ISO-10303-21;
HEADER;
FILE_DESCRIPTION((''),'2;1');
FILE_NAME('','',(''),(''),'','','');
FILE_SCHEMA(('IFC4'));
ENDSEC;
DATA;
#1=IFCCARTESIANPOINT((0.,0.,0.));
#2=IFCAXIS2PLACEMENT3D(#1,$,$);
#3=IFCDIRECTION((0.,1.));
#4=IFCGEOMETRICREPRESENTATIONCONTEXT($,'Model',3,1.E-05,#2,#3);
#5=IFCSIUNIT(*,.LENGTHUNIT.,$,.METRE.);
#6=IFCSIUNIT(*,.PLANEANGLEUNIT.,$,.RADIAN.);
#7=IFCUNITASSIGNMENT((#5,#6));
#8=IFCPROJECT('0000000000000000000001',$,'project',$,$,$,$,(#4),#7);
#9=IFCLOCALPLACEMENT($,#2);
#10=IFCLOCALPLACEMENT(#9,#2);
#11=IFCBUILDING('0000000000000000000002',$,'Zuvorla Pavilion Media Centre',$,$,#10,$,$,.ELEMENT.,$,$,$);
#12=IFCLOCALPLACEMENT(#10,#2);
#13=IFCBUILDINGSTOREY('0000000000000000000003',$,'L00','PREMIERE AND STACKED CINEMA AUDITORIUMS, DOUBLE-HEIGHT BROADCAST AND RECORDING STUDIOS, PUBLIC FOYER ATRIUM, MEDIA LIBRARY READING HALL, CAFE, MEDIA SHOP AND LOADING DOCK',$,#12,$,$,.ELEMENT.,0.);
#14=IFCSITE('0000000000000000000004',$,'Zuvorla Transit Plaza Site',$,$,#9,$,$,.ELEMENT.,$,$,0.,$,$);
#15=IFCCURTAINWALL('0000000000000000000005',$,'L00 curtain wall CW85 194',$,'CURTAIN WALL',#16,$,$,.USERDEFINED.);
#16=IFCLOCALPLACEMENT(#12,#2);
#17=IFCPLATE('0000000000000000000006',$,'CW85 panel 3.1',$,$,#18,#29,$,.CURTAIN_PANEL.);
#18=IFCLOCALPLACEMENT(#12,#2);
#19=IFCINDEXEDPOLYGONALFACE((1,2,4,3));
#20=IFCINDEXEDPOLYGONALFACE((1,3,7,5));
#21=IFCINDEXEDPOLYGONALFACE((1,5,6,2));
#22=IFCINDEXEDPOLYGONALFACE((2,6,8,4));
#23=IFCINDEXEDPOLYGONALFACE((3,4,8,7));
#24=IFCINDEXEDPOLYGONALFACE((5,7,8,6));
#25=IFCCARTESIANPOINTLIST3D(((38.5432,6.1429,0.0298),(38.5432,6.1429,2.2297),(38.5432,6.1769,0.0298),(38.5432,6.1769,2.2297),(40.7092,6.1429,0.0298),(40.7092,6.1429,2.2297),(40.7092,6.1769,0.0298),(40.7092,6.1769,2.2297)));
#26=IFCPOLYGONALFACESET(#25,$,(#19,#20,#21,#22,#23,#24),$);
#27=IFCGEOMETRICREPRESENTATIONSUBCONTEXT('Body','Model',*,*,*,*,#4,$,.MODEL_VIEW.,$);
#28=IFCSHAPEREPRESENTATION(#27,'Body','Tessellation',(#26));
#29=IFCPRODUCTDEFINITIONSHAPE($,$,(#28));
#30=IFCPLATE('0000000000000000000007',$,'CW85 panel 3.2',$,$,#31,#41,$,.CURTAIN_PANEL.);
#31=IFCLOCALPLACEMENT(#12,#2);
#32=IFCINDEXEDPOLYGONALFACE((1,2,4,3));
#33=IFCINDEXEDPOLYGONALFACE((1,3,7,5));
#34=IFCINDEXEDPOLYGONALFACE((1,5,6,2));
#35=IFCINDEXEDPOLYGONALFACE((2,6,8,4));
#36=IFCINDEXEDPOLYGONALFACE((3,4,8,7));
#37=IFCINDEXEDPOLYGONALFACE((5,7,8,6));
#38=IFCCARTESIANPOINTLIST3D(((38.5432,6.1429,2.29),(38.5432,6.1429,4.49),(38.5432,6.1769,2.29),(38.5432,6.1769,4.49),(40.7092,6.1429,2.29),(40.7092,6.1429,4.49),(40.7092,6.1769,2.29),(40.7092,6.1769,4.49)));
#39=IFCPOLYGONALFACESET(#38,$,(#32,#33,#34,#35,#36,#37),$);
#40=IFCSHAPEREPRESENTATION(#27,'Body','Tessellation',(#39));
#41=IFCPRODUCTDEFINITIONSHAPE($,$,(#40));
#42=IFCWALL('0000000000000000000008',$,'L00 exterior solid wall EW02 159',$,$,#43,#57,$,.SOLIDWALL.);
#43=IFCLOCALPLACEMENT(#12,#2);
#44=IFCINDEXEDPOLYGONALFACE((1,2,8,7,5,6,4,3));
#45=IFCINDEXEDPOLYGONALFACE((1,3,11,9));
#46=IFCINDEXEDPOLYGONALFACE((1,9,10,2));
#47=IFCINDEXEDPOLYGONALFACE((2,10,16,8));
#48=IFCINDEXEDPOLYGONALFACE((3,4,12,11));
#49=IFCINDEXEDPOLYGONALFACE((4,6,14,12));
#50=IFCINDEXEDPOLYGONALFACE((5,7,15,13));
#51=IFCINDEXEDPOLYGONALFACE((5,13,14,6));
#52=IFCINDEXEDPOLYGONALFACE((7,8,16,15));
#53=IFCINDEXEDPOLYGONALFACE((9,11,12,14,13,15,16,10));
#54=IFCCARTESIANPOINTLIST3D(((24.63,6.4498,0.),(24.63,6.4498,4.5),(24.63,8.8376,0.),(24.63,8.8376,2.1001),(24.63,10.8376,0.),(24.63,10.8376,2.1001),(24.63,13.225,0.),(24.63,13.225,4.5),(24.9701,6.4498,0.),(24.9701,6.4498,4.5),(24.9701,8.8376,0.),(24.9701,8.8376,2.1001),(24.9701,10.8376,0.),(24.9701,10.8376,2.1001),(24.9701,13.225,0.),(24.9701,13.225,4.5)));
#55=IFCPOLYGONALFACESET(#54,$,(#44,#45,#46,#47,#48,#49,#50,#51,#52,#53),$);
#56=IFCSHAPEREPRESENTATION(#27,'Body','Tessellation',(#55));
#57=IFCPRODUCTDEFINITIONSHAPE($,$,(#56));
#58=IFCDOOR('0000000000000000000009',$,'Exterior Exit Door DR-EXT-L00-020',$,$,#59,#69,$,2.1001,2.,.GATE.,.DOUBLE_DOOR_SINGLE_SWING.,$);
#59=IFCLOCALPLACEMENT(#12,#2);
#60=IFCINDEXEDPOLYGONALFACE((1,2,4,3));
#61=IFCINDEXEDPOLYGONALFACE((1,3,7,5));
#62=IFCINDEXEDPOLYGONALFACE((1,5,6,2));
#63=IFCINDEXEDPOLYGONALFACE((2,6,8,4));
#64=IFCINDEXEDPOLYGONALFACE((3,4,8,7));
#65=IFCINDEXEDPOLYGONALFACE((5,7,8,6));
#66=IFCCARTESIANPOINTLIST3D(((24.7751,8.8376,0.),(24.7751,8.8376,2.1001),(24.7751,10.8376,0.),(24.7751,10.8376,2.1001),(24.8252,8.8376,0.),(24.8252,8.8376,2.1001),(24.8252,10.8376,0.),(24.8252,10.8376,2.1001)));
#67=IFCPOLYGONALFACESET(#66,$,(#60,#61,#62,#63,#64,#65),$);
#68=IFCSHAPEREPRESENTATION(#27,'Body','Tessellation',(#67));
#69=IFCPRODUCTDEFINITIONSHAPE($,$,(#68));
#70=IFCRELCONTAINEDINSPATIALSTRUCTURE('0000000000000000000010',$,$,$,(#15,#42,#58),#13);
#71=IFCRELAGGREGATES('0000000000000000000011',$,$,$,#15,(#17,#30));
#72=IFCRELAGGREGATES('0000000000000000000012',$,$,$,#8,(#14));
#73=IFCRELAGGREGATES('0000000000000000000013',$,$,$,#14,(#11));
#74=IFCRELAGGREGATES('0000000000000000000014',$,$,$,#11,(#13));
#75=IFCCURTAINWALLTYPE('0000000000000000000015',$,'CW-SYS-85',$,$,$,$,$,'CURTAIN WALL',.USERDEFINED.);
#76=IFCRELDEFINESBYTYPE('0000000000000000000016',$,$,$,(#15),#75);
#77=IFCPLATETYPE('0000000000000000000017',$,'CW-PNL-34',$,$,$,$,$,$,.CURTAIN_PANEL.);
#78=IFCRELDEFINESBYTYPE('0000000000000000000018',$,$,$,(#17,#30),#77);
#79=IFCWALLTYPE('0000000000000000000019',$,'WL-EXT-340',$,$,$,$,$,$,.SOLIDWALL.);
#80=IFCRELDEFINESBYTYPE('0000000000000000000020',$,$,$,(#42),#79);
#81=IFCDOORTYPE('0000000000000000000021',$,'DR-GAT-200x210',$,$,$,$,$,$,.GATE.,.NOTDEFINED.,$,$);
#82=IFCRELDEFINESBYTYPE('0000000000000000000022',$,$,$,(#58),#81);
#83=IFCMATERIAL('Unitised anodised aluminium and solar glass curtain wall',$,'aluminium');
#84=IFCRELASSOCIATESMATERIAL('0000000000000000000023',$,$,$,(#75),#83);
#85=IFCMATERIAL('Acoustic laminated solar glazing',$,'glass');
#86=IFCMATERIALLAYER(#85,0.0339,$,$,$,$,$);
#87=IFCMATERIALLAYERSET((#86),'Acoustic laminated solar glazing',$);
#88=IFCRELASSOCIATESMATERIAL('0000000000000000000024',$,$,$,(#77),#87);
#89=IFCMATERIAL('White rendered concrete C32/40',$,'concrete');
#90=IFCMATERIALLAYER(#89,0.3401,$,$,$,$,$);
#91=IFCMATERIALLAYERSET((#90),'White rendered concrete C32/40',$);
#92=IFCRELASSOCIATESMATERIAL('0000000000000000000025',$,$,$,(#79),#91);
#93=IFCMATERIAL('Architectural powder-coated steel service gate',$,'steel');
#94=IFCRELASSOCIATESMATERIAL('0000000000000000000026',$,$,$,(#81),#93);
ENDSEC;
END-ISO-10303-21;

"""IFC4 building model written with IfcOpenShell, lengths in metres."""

from ifc_helpers import new_model, si_unit, direction, frame, frame_2d, origin, origin_2d, place, context, subcontext, project, spatial, rectangle, extrude, material, layer, layer_set, type_object, element, fill, aggregate, save


model = new_model("IFC4")

# Units and contexts
model_context = context("Model", 3, precision=1e-05, world=origin(), true_north=direction((0.0, 1.0)))
body_context = subcontext(model_context, "Body", "Model", "MODEL_VIEW")
ifc_project = project(units=[si_unit("LENGTHUNIT", "METRE"), si_unit("PLANEANGLEUNIT", "RADIAN")], contexts=[model_context])

# Site, building, storey
site_placement = place(None, origin())
site = spatial("IfcSite", under=ifc_project, at=site_placement, Name="Zuvorla Transit Plaza Site", CompositionType="ELEMENT", RefElevation=0.0)
building_placement = place(site_placement, origin())
building = spatial("IfcBuilding", under=site, at=building_placement, Name="Zuvorla Pavilion Media Centre", CompositionType="ELEMENT")
storey_placement = place(building_placement, origin())
storey = spatial("IfcBuildingStorey", under=building, at=storey_placement, Name="L00", Description="PREMIERE AND STACKED CINEMA AUDITORIUMS, DOUBLE-HEIGHT BROADCAST AND RECORDING STUDIOS, PUBLIC FOYER ATRIUM, MEDIA LIBRARY READING HALL, CAFE, MEDIA SHOP AND LOADING DOCK", CompositionType="ELEMENT", Elevation=0.0)

# Curtain wall, plates
ifc_material_1 = material(Name="Unitised anodised aluminium and solar glass curtain wall", Category="aluminium")
curtain_wall_type = type_object("IfcCurtainWallType", Name="CW-SYS-85", ElementType="CURTAIN WALL", PredefinedType="USERDEFINED", material=ifc_material_1)
curtain_wall_placement = place(storey_placement, origin())
curtain_wall = element("IfcCurtainWall", 1, at=curtain_wall_placement, inside=storey, type_object=curtain_wall_type, Name="L00 curtain wall CW85 194", ObjectType="CURTAIN WALL", PredefinedType="USERDEFINED")
ifc_material_2 = material(Name="Acoustic laminated solar glazing", Category="glass")
ifc_layer_1 = layer(ifc_material_2, 0.0339)
ifc_layer_set_1 = layer_set([ifc_layer_1], Name="Acoustic laminated solar glazing")
plate_type = type_object("IfcPlateType", Name="CW-PNL-34", PredefinedType="CURTAIN_PANEL", material=ifc_layer_set_1)
plate_1_placement = place(storey_placement, frame((39.6262, 6.1599, 0.0298), z_axis=(0.0, 0.0, 1.0), x_axis=(1.0, 0.0, 0.0)))
plate_1 = element("IfcPlate", 2, at=plate_1_placement, type_object=plate_type, Name="CW85 panel 3.1", PredefinedType="CURTAIN_PANEL", context=body_context, shape_type="SweptSolid", body=[
    extrude(rectangle(XDim=2.166, YDim=0.0339, at=origin_2d()), origin(), (0.0, 0.0, 1.0), 2.2),
])
plate_2_placement = place(storey_placement, frame((39.6262, 6.1599, 2.29), z_axis=(0.0, 0.0, 1.0), x_axis=(1.0, 0.0, 0.0)))
plate_2 = element("IfcPlate", 3, at=plate_2_placement, type_object=plate_type, Name="CW85 panel 3.2", PredefinedType="CURTAIN_PANEL", context=body_context, shape_type="SweptSolid", body=[
    extrude(rectangle(XDim=2.166, YDim=0.0339, at=origin_2d()), origin(), (0.0, 0.0, 1.0), 2.2),
])
aggregate(curtain_wall, [plate_1, plate_2])

# Wall, opening, door
ifc_material_3 = material(Name="White rendered concrete C32/40", Category="concrete")
ifc_layer_2 = layer(ifc_material_3, 0.3401)
ifc_layer_set_2 = layer_set([ifc_layer_2], Name="White rendered concrete C32/40")
wall_type = type_object("IfcWallType", Name="WL-EXT-340", PredefinedType="SOLIDWALL", material=ifc_layer_set_2)
wall_1_placement = place(storey_placement, frame((24.8, 13.2251, 0.0), z_axis=(0.0, 0.0, 1.0), x_axis=(0.0, -1.0, 0.0)))
wall_1 = element("IfcWall", 4, at=wall_1_placement, inside=storey, type_object=wall_type, Name="L00 exterior solid wall EW02 159", PredefinedType="SOLIDWALL", context=body_context, shape_type="SweptSolid", body=[
    extrude(rectangle(XDim=6.7751, YDim=0.3401, at=frame_2d((3.3877, 0.0))), origin(), (0.0, 0.0, 1.0), 4.5),
])
opening_1_placement = place(wall_1_placement, frame((2.3875, 0.0, 0.0)))
opening_1 = element("IfcOpeningElement", 5, at=opening_1_placement, cuts=wall_1, PredefinedType="OPENING", context=body_context, shape_type="SweptSolid", body=[
    extrude(rectangle(XDim=2.0, YDim=2.1001, at=frame_2d((1.0, 1.05))), frame((0.0, 0.1799, 0.0), z_axis=(0.0, -1.0, 0.0), x_axis=(1.0, 0.0, 0.0)), (0.0, 0.0, 1.0), 0.3601),
])
ifc_material_4 = material(Name="Architectural powder-coated steel service gate", Category="steel")
door_type_1 = type_object("IfcDoorType", Name="DR-GAT-200x210", OperationType="NOTDEFINED", PredefinedType="GATE", material=ifc_material_4)
door_1_placement = place(opening_1_placement, frame((2.0, 0.0, 0.0), z_axis=(0.0, 0.0, 1.0), x_axis=(-1.0, 0.0, 0.0)))
door_1 = element("IfcDoor", 6, at=door_1_placement, inside=storey, type_object=door_type_1, Name="Exterior Exit Door DR-EXT-L00-020", OperationType="DOUBLE_DOOR_SINGLE_SWING", OverallHeight=2.1001, OverallWidth=2.0, PredefinedType="GATE", context=body_context, shape_type="SweptSolid", body=[
    extrude(rectangle(XDim=2.0, YDim=2.1001, at=frame_2d((1.0, 1.05))), frame((0.0, 0.0249, 0.0), z_axis=(0.0, -1.0, 0.0), x_axis=(1.0, 0.0, 0.0)), (0.0, 0.0, 1.0), 0.05),
])
fill(opening_1, door_1)

save(model, "model.ifc")
